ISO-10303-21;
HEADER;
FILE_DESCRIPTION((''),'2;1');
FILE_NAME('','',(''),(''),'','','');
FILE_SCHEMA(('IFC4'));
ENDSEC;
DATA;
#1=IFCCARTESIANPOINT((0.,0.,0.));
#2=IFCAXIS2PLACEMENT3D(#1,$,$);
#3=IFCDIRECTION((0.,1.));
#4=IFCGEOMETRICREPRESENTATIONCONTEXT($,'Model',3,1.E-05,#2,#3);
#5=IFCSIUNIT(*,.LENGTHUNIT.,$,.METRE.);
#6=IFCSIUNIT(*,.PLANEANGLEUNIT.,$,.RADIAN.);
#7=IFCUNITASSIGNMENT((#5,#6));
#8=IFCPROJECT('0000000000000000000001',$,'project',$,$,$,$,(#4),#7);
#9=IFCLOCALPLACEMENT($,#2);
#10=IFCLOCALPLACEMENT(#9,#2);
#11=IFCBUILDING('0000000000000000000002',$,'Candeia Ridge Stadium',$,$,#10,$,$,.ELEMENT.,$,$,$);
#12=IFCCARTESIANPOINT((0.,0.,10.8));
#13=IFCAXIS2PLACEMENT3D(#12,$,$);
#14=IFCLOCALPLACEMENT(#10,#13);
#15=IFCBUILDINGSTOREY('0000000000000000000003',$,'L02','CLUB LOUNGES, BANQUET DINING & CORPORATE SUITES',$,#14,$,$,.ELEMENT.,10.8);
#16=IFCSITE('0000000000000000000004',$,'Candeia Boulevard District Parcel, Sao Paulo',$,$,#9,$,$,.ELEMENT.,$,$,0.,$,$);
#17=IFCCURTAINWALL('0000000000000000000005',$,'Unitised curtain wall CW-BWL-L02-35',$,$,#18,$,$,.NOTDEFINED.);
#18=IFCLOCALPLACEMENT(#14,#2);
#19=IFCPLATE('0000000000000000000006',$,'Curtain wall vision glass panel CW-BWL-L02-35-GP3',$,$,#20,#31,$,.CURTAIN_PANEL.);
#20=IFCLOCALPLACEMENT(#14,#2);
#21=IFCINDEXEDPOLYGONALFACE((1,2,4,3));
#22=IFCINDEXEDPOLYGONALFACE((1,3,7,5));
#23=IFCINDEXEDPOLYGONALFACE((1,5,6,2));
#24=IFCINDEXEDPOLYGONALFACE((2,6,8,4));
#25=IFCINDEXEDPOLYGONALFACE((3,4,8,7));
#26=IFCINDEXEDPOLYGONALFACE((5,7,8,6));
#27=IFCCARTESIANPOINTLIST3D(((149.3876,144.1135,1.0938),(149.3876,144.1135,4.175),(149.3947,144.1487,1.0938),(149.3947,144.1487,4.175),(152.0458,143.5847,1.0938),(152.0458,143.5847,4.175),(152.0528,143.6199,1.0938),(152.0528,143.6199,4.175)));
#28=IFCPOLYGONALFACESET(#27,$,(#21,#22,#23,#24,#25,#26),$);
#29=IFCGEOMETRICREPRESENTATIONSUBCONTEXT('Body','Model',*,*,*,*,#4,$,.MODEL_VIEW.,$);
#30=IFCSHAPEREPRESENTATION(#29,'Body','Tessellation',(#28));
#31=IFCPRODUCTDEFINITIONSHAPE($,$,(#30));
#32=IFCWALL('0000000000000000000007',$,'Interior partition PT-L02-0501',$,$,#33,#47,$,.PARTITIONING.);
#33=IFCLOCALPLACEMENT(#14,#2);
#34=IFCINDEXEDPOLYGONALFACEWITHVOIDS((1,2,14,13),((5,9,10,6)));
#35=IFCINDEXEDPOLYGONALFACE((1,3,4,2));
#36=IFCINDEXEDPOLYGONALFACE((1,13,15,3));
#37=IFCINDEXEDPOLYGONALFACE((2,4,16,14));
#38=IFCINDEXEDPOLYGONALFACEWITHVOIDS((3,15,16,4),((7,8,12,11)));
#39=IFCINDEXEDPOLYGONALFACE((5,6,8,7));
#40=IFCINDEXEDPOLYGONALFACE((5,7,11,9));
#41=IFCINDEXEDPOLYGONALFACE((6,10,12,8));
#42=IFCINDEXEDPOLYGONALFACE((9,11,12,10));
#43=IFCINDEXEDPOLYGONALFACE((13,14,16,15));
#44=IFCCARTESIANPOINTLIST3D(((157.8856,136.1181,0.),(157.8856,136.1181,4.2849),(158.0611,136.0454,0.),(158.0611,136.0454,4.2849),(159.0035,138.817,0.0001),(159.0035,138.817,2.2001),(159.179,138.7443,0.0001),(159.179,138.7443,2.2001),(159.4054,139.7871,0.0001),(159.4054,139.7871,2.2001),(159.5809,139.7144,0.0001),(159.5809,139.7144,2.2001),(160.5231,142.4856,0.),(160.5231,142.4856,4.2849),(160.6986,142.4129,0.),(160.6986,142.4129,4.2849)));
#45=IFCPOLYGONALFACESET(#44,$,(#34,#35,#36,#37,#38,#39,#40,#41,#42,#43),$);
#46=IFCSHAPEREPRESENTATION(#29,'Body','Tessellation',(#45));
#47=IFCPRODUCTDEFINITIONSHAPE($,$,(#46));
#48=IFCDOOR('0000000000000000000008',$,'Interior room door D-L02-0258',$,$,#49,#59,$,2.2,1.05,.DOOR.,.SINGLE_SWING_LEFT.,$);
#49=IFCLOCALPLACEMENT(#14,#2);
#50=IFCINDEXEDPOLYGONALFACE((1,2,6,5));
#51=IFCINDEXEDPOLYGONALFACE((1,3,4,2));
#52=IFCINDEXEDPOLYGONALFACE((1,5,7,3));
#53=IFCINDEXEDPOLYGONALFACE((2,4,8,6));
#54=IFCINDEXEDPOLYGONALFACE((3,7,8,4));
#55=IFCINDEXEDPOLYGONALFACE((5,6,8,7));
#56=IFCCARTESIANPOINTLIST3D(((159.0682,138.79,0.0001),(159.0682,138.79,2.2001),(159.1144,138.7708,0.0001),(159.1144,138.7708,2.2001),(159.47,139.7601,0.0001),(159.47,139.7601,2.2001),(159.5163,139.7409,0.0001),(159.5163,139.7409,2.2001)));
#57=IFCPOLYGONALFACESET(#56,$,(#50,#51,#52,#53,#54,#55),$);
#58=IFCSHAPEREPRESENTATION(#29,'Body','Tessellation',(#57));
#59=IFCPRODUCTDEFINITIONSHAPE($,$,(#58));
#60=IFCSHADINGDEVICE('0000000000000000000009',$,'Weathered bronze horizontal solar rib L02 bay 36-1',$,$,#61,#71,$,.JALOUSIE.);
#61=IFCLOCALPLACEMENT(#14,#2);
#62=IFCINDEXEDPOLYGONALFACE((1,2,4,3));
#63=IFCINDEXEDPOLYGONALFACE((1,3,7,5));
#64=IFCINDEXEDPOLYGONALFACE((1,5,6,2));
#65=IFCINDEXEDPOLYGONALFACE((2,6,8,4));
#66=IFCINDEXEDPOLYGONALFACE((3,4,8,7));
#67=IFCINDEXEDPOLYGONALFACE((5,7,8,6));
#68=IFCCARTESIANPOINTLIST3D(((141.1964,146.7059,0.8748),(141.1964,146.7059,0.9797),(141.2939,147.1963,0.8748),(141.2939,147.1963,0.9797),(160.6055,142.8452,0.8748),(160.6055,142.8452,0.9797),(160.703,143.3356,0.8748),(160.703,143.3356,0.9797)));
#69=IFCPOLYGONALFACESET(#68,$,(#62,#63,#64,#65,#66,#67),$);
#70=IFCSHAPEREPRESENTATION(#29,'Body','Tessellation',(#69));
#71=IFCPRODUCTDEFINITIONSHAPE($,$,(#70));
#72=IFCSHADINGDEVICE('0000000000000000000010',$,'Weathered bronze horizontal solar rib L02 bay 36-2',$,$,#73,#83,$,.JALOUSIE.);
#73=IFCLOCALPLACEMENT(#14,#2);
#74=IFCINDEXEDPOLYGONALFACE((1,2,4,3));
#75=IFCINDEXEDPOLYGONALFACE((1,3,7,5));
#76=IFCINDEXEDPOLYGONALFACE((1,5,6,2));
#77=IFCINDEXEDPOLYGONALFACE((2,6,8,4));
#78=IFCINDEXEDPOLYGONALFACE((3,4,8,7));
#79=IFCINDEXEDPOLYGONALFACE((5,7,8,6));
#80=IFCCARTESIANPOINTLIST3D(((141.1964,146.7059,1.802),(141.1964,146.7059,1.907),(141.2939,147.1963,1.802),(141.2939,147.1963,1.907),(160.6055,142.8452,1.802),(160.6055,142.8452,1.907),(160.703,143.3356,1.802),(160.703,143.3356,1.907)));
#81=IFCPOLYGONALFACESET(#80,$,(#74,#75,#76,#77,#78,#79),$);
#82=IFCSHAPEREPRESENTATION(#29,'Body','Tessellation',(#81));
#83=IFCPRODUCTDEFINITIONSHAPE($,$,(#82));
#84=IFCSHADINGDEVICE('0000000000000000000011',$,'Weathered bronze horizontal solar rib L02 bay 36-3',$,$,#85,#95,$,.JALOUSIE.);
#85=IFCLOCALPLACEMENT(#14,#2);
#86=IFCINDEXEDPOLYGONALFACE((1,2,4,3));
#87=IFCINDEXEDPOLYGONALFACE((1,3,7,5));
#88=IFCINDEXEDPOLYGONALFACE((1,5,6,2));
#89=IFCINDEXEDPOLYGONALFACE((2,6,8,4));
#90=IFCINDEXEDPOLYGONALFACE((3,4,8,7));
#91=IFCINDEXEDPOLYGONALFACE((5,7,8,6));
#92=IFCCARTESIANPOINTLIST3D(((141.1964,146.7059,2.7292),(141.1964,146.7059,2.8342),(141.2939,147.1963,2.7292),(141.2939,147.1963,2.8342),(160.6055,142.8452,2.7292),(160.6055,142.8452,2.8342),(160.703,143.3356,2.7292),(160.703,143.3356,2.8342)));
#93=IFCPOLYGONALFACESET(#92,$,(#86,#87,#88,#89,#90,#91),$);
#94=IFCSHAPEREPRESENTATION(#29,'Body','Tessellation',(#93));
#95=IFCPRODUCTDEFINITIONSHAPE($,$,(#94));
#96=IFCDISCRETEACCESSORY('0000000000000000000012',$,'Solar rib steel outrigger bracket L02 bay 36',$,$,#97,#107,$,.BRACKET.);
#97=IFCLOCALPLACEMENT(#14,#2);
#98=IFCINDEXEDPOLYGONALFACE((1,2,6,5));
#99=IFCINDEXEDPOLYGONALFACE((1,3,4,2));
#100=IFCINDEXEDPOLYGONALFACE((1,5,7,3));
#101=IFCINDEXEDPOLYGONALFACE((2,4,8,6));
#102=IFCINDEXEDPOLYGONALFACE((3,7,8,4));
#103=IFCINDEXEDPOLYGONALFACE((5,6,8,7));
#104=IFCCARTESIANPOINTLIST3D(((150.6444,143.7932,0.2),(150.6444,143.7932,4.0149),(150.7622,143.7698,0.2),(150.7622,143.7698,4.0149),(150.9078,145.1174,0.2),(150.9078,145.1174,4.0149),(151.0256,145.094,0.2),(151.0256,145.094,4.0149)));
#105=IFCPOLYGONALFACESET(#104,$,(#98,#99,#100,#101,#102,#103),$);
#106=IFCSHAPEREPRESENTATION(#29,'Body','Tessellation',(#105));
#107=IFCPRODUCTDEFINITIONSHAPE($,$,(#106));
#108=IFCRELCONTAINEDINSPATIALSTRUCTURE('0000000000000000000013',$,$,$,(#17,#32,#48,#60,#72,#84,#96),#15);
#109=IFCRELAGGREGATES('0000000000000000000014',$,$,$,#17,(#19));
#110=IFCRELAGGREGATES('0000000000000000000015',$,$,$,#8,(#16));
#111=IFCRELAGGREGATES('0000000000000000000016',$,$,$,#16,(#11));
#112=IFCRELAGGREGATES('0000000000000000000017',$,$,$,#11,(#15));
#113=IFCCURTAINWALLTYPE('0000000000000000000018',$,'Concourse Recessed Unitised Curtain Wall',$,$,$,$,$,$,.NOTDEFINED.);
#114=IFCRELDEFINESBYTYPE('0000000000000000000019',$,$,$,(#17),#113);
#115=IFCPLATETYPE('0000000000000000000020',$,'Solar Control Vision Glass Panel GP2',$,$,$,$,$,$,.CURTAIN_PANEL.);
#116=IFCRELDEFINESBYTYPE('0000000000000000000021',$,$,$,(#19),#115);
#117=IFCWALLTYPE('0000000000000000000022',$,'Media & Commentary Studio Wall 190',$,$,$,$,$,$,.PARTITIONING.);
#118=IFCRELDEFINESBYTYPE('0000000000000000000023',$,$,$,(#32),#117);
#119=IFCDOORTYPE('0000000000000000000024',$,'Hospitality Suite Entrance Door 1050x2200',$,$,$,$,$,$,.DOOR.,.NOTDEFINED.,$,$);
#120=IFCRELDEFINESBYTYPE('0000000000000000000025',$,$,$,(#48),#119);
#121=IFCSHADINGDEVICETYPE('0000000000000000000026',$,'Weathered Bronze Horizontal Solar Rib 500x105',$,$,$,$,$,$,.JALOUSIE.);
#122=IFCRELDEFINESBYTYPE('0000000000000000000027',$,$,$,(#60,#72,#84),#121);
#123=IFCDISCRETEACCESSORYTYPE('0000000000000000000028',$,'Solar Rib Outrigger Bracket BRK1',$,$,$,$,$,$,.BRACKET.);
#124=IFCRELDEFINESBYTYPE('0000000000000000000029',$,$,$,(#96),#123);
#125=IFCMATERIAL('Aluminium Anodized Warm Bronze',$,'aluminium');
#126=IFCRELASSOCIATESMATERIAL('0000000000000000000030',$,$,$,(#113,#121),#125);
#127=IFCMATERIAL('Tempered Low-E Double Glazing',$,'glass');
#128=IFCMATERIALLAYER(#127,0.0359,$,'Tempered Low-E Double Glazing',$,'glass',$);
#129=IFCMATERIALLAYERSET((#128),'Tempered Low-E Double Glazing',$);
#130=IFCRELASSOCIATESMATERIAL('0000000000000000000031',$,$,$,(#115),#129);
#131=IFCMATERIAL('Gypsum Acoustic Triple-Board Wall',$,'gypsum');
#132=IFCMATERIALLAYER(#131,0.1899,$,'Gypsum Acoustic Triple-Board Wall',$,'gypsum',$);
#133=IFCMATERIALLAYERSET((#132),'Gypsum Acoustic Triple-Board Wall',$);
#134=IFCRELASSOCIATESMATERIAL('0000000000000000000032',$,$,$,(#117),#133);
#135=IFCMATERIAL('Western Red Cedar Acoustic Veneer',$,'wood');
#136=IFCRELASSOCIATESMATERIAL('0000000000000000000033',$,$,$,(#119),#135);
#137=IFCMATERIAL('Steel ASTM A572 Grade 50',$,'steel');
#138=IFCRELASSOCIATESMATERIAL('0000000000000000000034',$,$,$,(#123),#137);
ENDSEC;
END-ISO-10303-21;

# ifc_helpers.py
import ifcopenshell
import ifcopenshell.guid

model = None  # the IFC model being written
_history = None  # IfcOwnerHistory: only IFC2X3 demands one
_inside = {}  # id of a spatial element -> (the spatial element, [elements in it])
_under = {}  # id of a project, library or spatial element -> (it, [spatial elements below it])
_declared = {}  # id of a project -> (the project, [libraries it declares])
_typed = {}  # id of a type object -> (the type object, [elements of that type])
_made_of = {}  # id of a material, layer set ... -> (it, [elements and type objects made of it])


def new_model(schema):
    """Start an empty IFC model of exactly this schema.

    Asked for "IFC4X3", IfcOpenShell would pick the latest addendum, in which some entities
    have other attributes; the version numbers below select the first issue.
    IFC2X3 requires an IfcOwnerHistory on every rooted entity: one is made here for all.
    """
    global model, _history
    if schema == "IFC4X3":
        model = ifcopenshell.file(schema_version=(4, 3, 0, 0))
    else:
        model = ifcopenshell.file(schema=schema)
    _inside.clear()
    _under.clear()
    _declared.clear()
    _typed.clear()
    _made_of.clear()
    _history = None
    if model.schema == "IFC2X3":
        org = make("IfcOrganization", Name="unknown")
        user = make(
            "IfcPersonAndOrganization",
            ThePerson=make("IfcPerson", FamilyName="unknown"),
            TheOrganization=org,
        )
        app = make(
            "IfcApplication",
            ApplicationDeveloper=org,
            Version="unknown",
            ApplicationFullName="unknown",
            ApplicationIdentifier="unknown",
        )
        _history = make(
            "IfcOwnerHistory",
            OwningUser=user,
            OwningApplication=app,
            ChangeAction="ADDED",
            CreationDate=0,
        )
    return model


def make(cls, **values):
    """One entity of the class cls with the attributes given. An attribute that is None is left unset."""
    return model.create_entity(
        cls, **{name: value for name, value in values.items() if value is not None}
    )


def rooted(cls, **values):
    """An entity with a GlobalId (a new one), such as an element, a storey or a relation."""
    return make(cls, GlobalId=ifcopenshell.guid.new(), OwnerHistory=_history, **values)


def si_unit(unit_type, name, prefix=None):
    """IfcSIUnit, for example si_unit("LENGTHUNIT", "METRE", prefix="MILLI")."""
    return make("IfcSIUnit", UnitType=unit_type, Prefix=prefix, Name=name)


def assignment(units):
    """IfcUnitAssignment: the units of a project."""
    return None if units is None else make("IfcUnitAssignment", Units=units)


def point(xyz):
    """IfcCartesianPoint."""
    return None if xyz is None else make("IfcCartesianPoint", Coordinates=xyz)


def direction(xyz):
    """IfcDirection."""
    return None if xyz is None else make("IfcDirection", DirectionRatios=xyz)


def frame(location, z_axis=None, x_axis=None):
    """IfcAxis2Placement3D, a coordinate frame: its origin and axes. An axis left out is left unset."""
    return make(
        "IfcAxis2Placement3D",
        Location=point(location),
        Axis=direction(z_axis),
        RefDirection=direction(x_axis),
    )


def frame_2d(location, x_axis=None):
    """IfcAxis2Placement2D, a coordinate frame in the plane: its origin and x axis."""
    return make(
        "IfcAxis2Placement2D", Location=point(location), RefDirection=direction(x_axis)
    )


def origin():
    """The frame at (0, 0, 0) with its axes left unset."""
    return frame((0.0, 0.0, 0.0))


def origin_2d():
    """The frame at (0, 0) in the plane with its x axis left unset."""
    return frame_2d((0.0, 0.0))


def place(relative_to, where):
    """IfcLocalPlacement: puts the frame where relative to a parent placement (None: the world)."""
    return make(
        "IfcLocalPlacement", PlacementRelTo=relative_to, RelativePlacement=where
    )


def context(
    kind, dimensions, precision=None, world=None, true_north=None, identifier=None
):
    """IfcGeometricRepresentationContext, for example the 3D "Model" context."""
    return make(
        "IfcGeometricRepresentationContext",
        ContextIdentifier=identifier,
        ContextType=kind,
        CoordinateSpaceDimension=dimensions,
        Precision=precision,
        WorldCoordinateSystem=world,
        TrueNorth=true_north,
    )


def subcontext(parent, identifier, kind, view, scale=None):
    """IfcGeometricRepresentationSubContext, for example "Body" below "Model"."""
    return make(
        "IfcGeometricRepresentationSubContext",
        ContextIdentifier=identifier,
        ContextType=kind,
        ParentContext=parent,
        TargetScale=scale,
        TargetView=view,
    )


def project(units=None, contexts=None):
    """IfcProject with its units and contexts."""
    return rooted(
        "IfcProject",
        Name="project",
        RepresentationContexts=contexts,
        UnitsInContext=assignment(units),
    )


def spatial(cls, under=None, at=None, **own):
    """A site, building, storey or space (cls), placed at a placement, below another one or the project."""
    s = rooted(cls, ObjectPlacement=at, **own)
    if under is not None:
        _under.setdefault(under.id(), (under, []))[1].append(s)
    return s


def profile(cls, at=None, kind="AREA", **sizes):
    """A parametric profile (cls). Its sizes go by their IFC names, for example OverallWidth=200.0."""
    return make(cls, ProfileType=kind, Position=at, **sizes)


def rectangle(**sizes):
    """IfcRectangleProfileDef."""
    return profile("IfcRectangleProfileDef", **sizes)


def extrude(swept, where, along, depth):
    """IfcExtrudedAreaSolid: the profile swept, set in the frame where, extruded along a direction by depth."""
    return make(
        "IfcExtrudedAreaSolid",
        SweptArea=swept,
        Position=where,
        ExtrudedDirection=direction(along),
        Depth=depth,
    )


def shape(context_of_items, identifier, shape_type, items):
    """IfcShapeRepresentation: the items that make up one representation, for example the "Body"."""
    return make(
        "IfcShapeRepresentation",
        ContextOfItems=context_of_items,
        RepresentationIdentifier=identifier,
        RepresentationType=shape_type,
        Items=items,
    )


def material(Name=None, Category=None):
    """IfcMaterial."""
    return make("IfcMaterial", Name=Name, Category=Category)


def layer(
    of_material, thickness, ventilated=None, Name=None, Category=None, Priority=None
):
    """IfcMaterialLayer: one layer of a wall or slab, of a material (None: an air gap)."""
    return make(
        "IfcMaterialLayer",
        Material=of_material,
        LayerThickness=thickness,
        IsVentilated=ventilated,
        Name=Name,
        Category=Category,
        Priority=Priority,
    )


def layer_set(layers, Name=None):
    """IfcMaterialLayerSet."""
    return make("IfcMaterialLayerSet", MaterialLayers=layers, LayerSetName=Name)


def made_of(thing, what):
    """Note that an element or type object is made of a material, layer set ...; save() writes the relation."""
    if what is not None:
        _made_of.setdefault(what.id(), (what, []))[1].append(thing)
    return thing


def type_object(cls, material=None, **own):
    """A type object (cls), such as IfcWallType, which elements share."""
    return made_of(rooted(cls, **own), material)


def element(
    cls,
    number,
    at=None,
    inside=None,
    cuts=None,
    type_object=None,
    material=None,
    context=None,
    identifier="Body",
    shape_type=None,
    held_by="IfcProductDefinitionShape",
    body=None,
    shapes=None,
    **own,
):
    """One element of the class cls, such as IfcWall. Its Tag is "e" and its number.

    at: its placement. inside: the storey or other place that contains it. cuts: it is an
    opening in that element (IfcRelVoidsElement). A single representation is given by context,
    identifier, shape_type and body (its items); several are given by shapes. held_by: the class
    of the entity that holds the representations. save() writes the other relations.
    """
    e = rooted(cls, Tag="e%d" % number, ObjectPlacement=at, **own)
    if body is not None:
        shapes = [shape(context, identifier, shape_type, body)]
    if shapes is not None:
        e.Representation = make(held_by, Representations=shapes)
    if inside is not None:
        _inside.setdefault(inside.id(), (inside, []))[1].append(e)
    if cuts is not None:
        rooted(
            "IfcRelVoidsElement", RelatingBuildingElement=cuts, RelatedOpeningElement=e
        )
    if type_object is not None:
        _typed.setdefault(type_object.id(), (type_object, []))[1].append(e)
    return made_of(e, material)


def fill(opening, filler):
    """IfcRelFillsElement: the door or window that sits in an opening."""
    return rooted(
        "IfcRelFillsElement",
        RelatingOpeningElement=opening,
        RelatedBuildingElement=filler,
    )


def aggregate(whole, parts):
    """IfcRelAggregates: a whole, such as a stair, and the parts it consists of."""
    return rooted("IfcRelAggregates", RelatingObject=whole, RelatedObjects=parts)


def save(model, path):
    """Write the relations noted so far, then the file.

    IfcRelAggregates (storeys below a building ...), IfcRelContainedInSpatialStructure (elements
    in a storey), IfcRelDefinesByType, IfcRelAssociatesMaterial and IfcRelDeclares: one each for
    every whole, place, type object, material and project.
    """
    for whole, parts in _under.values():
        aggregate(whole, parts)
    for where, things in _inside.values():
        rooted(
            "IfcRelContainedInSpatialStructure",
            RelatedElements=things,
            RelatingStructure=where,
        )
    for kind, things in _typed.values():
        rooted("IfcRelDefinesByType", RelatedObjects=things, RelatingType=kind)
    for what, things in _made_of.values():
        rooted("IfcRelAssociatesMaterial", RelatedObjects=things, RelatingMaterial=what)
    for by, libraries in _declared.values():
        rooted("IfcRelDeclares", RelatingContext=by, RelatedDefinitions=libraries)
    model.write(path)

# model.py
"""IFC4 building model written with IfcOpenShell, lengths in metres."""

from ifc_helpers import new_model, si_unit, direction, frame, frame_2d, origin, origin_2d, place, context, subcontext, project, spatial, rectangle, extrude, material, layer, layer_set, type_object, element, fill, aggregate, save


model = new_model("IFC4")

# Units and contexts
model_context = context("Model", 3, precision=1e-05, world=origin(), true_north=direction((0.0, 1.0)))
body_context = subcontext(model_context, "Body", "Model", "MODEL_VIEW")
ifc_project = project(units=[si_unit("LENGTHUNIT", "METRE"), si_unit("PLANEANGLEUNIT", "RADIAN")], contexts=[model_context])

# Site, building, storey
site_placement = place(None, origin())
site = spatial("IfcSite", under=ifc_project, at=site_placement, Name="Candeia Boulevard District Parcel, Sao Paulo", CompositionType="ELEMENT", RefElevation=0.0)
building_placement = place(site_placement, origin())
building = spatial("IfcBuilding", under=site, at=building_placement, Name="Candeia Ridge Stadium", CompositionType="ELEMENT")
storey_placement = place(building_placement, frame((0.0, 0.0, 10.8)))
storey = spatial("IfcBuildingStorey", under=building, at=storey_placement, Name="L02", Description="CLUB LOUNGES, BANQUET DINING & CORPORATE SUITES", CompositionType="ELEMENT", Elevation=10.8)

# Curtain wall
ifc_material_1 = material(Name="Aluminium Anodized Warm Bronze", Category="aluminium")
curtain_wall_type = type_object("IfcCurtainWallType", Name="Concourse Recessed Unitised Curtain Wall", PredefinedType="NOTDEFINED", material=ifc_material_1)
curtain_wall_placement = place(storey_placement, origin())
curtain_wall = element("IfcCurtainWall", 1, at=curtain_wall_placement, inside=storey, type_object=curtain_wall_type, Name="Unitised curtain wall CW-BWL-L02-35", PredefinedType="NOTDEFINED")

# Plate
ifc_material_2 = material(Name="Tempered Low-E Double Glazing", Category="glass")
ifc_layer_1 = layer(ifc_material_2, 0.0359, Name="Tempered Low-E Double Glazing", Category="glass")
ifc_layer_set_1 = layer_set([ifc_layer_1], Name="Tempered Low-E Double Glazing")
plate_type_1 = type_object("IfcPlateType", Name="Solar Control Vision Glass Panel GP2", PredefinedType="CURTAIN_PANEL", material=ifc_layer_set_1)
plate_1_placement = place(storey_placement, frame((150.7202, 143.8667, 1.0938), z_axis=(0.0, 0.0, 1.0), x_axis=(-0.980785, 0.19509, 0.0)))
plate_1 = element("IfcPlate", 2, at=plate_1_placement, type_object=plate_type_1, Name="Curtain wall vision glass panel CW-BWL-L02-35-GP3", PredefinedType="CURTAIN_PANEL", context=body_context, shape_type="SweptSolid", body=[
    extrude(rectangle(XDim=2.7102, YDim=0.0359, at=origin_2d()), origin(), (0.0, 0.0, 1.0), 3.0813),
])
aggregate(curtain_wall, [plate_1])

# Wall, opening, door
ifc_material_3 = material(Name="Gypsum Acoustic Triple-Board Wall", Category="gypsum")
ifc_layer_2 = layer(ifc_material_3, 0.1899, Name="Gypsum Acoustic Triple-Board Wall", Category="gypsum")
ifc_layer_set_2 = layer_set([ifc_layer_2], Name="Gypsum Acoustic Triple-Board Wall")
wall_type = type_object("IfcWallType", Name="Media & Commentary Studio Wall 190", PredefinedType="PARTITIONING", material=ifc_layer_set_2)
wall_placement = place(storey_placement, frame((160.6108, 142.4492, 0.0), z_axis=(0.0, 0.0, 1.0), x_axis=(-0.38268, -0.923881, 0.0)))
wall = element("IfcWall", 3, at=wall_placement, inside=storey, type_object=wall_type, Name="Interior partition PT-L02-0501", PredefinedType="PARTITIONING", context=body_context, shape_type="SweptSolid", body=[
    extrude(rectangle(XDim=6.8921, YDim=0.1899, at=frame_2d((3.446, 0.0))), origin(), (0.0, 0.0, 1.0), 4.2849),
])
opening_placement = place(wall_placement, frame((2.9209, 0.0, 0.0)))
opening = element("IfcOpeningElement", 4, at=opening_placement, cuts=wall, PredefinedType="OPENING", context=body_context, shape_type="SweptSolid", body=[
    extrude(rectangle(XDim=1.05, YDim=2.2, at=frame_2d((0.5249, 1.1001))), frame((0.0, 0.105, 0.0), z_axis=(0.0, -1.0, 0.0), x_axis=(1.0, 0.0, 0.0)), (0.0, 0.0, 1.0), 0.21),
])
ifc_material_4 = material(Name="Western Red Cedar Acoustic Veneer", Category="wood")
door_type = type_object("IfcDoorType", Name="Hospitality Suite Entrance Door 1050x2200", OperationType="NOTDEFINED", PredefinedType="DOOR", material=ifc_material_4)
door_placement = place(opening_placement, frame((1.05, 0.0, 0.0), z_axis=(0.0, 0.0, 1.0), x_axis=(-1.0, 0.0, 0.0)))
door = element("IfcDoor", 5, at=door_placement, inside=storey, type_object=door_type, Name="Interior room door D-L02-0258", OperationType="SINGLE_SWING_LEFT", OverallHeight=2.2, OverallWidth=1.05, PredefinedType="DOOR", context=body_context, shape_type="SweptSolid", body=[
    extrude(rectangle(XDim=1.05, YDim=2.2, at=frame_2d((0.5249, 1.1001))), frame((0.0, 0.0249, 0.0), z_axis=(0.0, -1.0, 0.0), x_axis=(1.0, 0.0, 0.0)), (0.0, 0.0, 1.0), 0.05),
])
fill(opening, door)

# Shading devices
shading_device_type = type_object("IfcShadingDeviceType", Name="Weathered Bronze Horizontal Solar Rib 500x105", PredefinedType="JALOUSIE", material=ifc_material_1)
for number, where, z_axis, x_axis, name in (
    (6, (150.9497, 145.0208, 0.8748), (0.0, 0.0, 1.0), (-0.980785, 0.19509, 0.0), "Weathered bronze horizontal solar rib L02 bay 36-1"),
    (7, (150.9497, 145.0208, 1.802), (0.0, 0.0, 1.0), (-0.980785, 0.19509, 0.0), "Weathered bronze horizontal solar rib L02 bay 36-2"),
    (8, (150.9497, 145.0208, 2.7292), (0.0, 0.0, 1.0), (-0.980785, 0.19509, 0.0), "Weathered bronze horizontal solar rib L02 bay 36-3"),
):
    element("IfcShadingDevice", number, at=place(storey_placement, frame(where, z_axis=z_axis, x_axis=x_axis)), inside=storey, type_object=shading_device_type, Name=name, PredefinedType="JALOUSIE", context=body_context, shape_type="SweptSolid", body=[
        extrude(rectangle(XDim=19.7893, YDim=0.5, at=origin_2d()), origin(), (0.0, 0.0, 1.0), 0.105),
    ])

# Discrete accessory
ifc_material_5 = material(Name="Steel ASTM A572 Grade 50", Category="steel")
discrete_accessory_type = type_object("IfcDiscreteAccessoryType", Name="Solar Rib Outrigger Bracket BRK1", PredefinedType="BRACKET", material=ifc_material_5)
discrete_accessory_placement = place(storey_placement, frame((150.835, 144.4436, 0.2), z_axis=(0.0, 0.0, 1.0), x_axis=(0.19509, 0.980785, 0.0)))
element("IfcDiscreteAccessory", 9, at=discrete_accessory_placement, inside=storey, type_object=discrete_accessory_type, Name="Solar rib steel outrigger bracket L02 bay 36", PredefinedType="BRACKET", context=body_context, shape_type="SweptSolid", body=[
    extrude(rectangle(XDim=1.3501, YDim=0.1201, at=origin_2d()), origin(), (0.0, 0.0, 1.0), 3.8149),
])

save(model, "model.ifc")
